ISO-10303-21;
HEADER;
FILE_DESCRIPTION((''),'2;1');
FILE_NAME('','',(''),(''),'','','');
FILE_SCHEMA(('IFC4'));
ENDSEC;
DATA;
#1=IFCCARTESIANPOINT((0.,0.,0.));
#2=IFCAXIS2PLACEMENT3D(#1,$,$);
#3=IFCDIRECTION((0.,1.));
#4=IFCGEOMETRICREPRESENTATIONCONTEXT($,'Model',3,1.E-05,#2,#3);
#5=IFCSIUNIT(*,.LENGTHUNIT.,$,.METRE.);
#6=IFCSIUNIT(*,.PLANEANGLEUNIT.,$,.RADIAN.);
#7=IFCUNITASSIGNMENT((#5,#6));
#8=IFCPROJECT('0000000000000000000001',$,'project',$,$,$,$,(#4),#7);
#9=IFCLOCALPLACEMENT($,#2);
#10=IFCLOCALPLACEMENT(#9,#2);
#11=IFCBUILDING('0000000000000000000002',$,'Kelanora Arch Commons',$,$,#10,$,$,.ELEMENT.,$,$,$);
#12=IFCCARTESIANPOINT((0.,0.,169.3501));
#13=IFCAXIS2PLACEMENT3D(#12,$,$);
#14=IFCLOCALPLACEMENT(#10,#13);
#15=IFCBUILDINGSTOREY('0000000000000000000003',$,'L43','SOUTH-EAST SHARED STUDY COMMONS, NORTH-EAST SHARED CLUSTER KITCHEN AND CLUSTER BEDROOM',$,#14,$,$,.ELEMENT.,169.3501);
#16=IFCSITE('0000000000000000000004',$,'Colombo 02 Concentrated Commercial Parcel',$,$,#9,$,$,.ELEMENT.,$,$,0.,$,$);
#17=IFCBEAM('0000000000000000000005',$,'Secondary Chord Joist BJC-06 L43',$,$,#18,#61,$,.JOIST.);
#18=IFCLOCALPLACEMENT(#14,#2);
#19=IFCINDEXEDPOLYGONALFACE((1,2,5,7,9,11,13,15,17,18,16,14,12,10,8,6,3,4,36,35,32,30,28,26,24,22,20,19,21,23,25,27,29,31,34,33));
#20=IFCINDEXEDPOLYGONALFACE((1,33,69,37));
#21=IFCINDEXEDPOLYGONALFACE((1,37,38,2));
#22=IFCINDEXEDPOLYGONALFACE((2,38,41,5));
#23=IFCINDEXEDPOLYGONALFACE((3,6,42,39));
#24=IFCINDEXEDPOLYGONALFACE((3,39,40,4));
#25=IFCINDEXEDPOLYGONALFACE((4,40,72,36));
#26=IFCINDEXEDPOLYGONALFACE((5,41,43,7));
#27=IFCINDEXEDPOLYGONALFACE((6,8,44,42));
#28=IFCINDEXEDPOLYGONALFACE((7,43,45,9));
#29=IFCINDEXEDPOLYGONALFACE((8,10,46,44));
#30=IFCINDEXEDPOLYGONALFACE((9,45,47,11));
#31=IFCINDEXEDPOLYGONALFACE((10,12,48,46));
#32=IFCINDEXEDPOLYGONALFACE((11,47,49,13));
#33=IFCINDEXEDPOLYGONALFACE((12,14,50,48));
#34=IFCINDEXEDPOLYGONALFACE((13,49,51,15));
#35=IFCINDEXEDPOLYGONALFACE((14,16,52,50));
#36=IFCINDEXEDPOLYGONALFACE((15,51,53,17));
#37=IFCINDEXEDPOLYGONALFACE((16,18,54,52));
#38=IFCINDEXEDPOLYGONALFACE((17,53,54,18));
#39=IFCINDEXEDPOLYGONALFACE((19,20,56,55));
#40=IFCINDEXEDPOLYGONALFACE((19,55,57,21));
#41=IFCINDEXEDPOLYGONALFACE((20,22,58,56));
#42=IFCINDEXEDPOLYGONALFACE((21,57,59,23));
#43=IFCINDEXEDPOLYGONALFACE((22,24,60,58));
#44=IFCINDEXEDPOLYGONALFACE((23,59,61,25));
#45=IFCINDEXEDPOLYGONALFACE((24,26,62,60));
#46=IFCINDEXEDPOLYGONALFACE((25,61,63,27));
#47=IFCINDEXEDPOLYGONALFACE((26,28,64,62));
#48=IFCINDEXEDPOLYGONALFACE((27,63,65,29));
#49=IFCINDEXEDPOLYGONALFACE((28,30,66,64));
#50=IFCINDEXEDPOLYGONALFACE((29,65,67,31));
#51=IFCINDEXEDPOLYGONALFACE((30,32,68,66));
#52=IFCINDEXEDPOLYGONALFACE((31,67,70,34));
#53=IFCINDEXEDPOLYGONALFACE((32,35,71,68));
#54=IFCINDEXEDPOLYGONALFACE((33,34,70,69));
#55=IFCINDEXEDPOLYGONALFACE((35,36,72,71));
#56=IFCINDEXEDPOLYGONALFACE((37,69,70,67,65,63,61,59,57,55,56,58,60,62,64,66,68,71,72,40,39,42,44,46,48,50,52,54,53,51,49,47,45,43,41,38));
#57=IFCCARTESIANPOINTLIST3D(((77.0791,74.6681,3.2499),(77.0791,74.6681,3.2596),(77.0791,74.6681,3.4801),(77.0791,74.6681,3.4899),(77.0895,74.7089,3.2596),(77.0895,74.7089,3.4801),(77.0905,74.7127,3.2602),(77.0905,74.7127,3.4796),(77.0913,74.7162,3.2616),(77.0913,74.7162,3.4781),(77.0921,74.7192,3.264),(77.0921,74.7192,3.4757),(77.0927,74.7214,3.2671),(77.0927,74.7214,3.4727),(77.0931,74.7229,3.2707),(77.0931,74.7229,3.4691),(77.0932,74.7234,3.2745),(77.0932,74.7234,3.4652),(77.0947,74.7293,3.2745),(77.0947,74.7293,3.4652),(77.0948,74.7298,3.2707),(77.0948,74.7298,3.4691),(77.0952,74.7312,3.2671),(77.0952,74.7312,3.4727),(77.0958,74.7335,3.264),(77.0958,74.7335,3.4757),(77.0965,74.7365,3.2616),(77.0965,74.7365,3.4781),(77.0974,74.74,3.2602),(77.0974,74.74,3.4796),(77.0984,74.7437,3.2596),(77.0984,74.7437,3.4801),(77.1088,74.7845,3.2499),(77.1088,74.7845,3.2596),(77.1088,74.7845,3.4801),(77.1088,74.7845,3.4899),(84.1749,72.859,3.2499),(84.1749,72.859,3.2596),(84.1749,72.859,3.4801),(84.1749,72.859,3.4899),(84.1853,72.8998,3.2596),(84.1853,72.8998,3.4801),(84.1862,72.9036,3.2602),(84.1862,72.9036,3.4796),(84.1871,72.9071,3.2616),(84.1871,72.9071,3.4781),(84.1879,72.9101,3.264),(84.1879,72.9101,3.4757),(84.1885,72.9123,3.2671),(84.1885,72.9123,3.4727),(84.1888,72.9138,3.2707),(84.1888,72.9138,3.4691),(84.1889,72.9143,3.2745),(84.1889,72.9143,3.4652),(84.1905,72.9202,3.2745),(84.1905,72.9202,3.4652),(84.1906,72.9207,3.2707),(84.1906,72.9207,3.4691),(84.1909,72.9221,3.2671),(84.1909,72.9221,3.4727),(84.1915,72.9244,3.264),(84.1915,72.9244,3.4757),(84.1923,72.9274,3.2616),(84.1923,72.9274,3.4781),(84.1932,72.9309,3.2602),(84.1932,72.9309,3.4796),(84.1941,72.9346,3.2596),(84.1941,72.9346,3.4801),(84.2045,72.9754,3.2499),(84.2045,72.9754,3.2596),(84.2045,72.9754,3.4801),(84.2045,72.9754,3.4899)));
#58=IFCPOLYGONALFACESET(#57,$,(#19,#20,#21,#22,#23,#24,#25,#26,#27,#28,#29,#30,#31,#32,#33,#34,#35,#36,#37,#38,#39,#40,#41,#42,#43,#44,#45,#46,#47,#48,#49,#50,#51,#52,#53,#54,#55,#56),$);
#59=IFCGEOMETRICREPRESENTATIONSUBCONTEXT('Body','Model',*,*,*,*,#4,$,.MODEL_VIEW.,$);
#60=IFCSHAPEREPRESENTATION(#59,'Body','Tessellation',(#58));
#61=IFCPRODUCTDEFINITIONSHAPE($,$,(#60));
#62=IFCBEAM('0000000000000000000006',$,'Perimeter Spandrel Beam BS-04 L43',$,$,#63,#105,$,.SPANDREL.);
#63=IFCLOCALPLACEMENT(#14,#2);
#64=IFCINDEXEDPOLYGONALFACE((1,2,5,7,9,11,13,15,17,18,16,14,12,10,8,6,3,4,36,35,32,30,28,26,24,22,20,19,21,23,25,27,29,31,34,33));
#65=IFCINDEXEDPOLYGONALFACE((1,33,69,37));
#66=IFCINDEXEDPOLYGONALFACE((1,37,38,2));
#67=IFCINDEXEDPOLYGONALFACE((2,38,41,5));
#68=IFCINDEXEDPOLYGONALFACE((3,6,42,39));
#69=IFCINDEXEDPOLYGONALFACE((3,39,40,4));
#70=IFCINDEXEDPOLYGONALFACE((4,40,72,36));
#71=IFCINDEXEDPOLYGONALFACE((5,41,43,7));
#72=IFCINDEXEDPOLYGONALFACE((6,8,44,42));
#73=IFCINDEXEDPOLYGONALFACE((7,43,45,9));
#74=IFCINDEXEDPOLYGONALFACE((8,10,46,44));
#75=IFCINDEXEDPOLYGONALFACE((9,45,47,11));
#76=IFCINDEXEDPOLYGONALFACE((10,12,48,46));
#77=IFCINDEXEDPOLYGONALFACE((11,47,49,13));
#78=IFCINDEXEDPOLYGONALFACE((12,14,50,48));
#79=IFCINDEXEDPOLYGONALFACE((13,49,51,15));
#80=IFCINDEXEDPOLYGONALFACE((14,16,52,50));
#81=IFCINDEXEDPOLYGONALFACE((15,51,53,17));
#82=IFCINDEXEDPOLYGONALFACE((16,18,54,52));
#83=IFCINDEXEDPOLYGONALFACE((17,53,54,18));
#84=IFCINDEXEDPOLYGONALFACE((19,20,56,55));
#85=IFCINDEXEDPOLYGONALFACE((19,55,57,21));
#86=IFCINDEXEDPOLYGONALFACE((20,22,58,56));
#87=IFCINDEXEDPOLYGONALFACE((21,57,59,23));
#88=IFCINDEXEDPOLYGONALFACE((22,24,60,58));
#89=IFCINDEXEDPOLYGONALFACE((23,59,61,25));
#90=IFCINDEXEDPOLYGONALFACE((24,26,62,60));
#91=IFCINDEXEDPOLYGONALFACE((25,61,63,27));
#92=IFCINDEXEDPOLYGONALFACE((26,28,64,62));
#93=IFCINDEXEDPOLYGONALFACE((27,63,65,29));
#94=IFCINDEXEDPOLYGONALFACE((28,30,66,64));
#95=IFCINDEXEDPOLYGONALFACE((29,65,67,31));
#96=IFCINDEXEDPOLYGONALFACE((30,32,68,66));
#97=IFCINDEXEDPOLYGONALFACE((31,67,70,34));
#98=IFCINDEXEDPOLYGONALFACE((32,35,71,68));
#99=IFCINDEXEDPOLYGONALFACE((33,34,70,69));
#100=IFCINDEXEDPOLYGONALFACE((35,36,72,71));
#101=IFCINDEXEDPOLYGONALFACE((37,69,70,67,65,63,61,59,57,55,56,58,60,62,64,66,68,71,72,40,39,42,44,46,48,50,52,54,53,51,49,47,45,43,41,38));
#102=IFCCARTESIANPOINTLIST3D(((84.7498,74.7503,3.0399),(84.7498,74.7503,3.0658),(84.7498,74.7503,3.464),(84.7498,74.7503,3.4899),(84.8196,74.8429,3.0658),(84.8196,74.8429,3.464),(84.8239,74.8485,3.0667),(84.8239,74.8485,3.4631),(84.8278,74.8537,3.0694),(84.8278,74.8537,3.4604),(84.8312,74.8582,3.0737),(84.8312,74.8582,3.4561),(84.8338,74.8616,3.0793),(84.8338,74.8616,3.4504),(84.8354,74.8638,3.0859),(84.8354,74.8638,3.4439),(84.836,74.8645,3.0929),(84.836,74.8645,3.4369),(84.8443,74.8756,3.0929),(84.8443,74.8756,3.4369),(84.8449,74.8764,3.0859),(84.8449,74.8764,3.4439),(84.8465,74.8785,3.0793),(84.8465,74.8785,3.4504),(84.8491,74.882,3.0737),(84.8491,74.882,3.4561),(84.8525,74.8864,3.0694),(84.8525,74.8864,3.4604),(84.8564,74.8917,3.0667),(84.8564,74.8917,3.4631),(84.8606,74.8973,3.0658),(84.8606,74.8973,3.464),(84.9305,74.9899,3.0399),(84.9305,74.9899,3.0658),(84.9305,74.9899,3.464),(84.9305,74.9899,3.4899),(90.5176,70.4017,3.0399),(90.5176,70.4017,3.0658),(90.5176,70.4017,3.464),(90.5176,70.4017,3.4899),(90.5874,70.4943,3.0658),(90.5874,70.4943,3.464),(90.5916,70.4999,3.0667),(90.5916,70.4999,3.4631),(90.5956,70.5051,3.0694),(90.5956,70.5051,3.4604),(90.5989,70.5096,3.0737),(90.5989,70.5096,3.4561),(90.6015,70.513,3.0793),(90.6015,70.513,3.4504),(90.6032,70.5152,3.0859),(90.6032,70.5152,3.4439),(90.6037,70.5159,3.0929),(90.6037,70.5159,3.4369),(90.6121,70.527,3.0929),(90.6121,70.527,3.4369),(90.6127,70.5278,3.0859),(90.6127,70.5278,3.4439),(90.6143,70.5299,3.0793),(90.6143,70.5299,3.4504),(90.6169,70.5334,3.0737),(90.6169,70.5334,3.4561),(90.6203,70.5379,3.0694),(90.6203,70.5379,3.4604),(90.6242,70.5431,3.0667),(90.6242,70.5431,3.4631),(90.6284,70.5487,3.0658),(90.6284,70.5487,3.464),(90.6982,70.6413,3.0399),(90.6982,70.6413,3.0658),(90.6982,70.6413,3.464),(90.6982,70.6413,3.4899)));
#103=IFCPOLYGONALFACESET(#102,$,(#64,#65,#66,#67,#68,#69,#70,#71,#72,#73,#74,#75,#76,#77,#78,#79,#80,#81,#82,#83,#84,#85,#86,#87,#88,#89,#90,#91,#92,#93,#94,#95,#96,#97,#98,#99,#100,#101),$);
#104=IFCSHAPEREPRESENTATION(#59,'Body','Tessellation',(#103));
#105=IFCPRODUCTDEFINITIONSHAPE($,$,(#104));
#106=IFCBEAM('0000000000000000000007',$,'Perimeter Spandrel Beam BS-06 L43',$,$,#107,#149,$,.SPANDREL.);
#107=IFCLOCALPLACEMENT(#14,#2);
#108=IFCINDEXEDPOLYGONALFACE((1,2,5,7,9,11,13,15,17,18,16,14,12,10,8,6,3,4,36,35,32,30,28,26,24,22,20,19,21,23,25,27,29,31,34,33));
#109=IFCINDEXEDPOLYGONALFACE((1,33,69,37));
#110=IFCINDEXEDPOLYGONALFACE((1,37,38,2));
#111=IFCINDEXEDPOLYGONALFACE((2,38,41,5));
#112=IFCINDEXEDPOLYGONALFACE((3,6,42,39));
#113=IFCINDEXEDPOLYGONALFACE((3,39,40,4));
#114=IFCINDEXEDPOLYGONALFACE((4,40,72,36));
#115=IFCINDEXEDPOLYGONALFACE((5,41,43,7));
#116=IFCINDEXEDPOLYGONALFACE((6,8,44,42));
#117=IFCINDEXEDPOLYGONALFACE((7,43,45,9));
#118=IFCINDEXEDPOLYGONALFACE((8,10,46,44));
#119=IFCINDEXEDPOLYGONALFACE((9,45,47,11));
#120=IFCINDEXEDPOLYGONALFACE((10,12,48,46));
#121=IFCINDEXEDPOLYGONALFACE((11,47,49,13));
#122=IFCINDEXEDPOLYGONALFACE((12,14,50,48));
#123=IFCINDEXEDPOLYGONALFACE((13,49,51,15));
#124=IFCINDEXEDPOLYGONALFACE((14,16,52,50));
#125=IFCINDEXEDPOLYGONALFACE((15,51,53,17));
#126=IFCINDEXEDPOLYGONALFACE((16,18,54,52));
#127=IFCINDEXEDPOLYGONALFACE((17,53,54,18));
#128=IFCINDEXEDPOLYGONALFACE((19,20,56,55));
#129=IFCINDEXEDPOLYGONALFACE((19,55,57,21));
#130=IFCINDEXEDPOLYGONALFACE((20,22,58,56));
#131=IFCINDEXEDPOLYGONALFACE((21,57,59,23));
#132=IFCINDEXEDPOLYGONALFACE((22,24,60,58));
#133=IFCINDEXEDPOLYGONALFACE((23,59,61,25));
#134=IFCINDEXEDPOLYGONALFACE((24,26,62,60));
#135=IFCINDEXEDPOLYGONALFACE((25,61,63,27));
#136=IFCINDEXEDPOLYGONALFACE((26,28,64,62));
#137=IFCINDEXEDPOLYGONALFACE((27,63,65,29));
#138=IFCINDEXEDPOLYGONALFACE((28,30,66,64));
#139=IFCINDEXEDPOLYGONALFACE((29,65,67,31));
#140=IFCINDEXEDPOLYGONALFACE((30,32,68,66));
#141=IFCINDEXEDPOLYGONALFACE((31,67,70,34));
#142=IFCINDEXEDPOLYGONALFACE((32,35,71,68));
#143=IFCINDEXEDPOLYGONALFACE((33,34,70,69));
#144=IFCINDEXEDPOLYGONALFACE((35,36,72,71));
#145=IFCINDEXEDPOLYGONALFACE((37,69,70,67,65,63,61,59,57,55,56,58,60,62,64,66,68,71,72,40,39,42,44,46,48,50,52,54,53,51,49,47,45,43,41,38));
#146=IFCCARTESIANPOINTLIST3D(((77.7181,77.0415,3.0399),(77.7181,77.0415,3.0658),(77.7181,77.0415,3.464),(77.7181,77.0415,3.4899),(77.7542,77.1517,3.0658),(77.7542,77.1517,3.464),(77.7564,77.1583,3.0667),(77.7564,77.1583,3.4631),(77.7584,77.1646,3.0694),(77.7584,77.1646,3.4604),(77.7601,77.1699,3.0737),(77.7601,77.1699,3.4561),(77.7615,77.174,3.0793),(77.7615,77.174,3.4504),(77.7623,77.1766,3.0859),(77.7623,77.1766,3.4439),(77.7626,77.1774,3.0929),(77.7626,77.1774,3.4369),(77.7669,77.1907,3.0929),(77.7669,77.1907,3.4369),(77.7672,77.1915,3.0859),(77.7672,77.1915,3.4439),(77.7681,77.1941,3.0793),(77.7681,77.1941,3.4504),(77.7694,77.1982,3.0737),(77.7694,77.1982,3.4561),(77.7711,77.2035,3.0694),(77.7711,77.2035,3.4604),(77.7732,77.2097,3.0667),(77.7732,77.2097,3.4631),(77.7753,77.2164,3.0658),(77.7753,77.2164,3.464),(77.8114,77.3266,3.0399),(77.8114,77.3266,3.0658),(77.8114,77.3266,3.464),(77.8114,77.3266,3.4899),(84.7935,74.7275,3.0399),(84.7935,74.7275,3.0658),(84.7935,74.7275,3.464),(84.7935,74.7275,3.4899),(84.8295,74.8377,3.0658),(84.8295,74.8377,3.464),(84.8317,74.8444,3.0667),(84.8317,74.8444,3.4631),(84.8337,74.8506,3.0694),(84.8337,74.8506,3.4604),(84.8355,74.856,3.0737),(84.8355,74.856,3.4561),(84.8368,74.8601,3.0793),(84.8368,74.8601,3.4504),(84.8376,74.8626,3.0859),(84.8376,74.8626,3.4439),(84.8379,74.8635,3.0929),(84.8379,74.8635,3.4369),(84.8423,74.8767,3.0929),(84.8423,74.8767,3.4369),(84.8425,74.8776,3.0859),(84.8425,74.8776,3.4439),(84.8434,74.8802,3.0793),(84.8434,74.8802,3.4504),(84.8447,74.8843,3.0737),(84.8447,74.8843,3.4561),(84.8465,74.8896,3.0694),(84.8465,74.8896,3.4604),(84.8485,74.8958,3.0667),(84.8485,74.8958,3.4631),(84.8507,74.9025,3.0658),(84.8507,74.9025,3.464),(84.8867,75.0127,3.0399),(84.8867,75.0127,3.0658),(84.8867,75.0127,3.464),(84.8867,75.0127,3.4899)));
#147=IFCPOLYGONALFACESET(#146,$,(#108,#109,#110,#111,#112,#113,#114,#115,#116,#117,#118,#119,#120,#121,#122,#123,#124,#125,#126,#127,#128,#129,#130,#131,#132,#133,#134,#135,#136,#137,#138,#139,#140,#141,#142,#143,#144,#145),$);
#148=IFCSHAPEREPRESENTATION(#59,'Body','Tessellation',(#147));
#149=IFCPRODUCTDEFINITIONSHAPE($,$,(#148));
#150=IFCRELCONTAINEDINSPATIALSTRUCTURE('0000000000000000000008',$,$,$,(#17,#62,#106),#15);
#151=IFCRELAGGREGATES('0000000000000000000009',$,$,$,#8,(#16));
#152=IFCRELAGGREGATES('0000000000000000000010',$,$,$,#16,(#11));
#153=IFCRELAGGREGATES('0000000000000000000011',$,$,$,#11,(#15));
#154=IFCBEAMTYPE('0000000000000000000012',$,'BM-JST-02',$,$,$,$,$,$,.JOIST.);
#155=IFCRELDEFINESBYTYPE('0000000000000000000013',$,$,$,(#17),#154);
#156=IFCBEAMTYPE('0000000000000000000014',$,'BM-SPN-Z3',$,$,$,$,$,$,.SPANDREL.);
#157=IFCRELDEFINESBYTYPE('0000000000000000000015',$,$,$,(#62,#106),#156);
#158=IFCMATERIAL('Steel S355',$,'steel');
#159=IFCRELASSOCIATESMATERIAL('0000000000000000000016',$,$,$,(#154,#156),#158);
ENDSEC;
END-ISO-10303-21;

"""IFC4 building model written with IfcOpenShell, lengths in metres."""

from ifc_helpers import new_model, si_unit, direction, frame, origin, origin_2d, place, context, subcontext, project, spatial, i_section, extrude, material, material_profile, profile_set, type_object, element, save


model = new_model("IFC4")

# Units and contexts
model_context = context("Model", 3, precision=1e-05, world=origin(), true_north=direction((0.0, 1.0)))
body_context = subcontext(model_context, "Body", "Model", "MODEL_VIEW")
ifc_project = project(units=[si_unit("LENGTHUNIT", "METRE"), si_unit("PLANEANGLEUNIT", "RADIAN")], contexts=[model_context])

# Site, building, storey
site_placement = place(None, origin())
site = spatial("IfcSite", under=ifc_project, at=site_placement, Name="Colombo 02 Concentrated Commercial Parcel", CompositionType="ELEMENT", RefElevation=0.0)
building_placement = place(site_placement, origin())
building = spatial("IfcBuilding", under=site, at=building_placement, Name="Kelanora Arch Commons", CompositionType="ELEMENT")
storey_placement = place(building_placement, frame((0.0, 0.0, 169.3501)))
storey = spatial("IfcBuildingStorey", under=building, at=storey_placement, Name="L43", Description="SOUTH-EAST SHARED STUDY COMMONS, NORTH-EAST SHARED CLUSTER KITCHEN AND CLUSTER BEDROOM", CompositionType="ELEMENT", Elevation=169.3501)

# Beams
ifc_material_1 = material(Name="Steel S355", Category="steel")
ifc_material_profile_1 = material_profile(ifc_material_1, i_section(OverallWidth=0.1201, OverallDepth=0.24, WebThickness=0.0061, FlangeThickness=0.0098, FilletRadius=0.0149, at=origin_2d()), Name="IPE240")
ifc_profile_set_1 = profile_set([ifc_material_profile_1], Name="Steel S355")
beam_type_1 = type_object("IfcBeamType", Name="BM-JST-02", PredefinedType="JOIST", material=ifc_profile_set_1)
beam_1_placement = place(storey_placement, frame((84.1897, 72.9172, 3.3699), z_axis=(-0.969002, 0.247052, 0.0), x_axis=(-0.247052, -0.969002, 0.0)))
element("IfcBeam", 1, at=beam_1_placement, inside=storey, type_object=beam_type_1, Name="Secondary Chord Joist BJC-06 L43", PredefinedType="JOIST", context=body_context, shape_type="SweptSolid", body=[
    extrude(i_section(OverallWidth=0.1201, OverallDepth=0.24, WebThickness=0.0061, FlangeThickness=0.0098, FilletRadius=0.0149, at=origin_2d()), origin(), (0.0, 0.0, 1.0), 7.3228),
])
ifc_material_profile_2 = material_profile(ifc_material_1, i_section(OverallWidth=0.3, OverallDepth=0.45, WebThickness=0.0139, FlangeThickness=0.0259, FilletRadius=0.0271, at=origin_2d()), Name="HEB450")
ifc_profile_set_2 = profile_set([ifc_material_profile_2], Name="Steel S355")
beam_type_2 = type_object("IfcBeamType", Name="BM-SPN-Z3", PredefinedType="SPANDREL", material=ifc_profile_set_2)
beam_2_placement = place(storey_placement, frame((90.6079, 70.5215, 3.2649), z_axis=(-0.798485, 0.602015, 0.0), x_axis=(-0.602015, -0.798485, 0.0)))
element("IfcBeam", 2, at=beam_2_placement, inside=storey, type_object=beam_type_2, Name="Perimeter Spandrel Beam BS-04 L43", PredefinedType="SPANDREL", context=body_context, shape_type="SweptSolid", body=[
    extrude(i_section(OverallWidth=0.3, OverallDepth=0.45, WebThickness=0.0139, FlangeThickness=0.0259, FilletRadius=0.0271, at=origin_2d()), origin(), (0.0, 0.0, 1.0), 7.2234),
])
beam_3_placement = place(storey_placement, frame((84.8401, 74.8701, 3.2649), z_axis=(-0.950462, 0.310841, 0.0), x_axis=(-0.310841, -0.950462, 0.0)))
element("IfcBeam", 3, at=beam_3_placement, inside=storey, type_object=beam_type_2, Name="Perimeter Spandrel Beam BS-06 L43", PredefinedType="SPANDREL", context=body_context, shape_type="SweptSolid", body=[
    extrude(i_section(OverallWidth=0.3, OverallDepth=0.45, WebThickness=0.0139, FlangeThickness=0.0259, FilletRadius=0.0271, at=origin_2d()), origin(), (0.0, 0.0, 1.0), 7.4441),
])

save(model, "model.ifc")
